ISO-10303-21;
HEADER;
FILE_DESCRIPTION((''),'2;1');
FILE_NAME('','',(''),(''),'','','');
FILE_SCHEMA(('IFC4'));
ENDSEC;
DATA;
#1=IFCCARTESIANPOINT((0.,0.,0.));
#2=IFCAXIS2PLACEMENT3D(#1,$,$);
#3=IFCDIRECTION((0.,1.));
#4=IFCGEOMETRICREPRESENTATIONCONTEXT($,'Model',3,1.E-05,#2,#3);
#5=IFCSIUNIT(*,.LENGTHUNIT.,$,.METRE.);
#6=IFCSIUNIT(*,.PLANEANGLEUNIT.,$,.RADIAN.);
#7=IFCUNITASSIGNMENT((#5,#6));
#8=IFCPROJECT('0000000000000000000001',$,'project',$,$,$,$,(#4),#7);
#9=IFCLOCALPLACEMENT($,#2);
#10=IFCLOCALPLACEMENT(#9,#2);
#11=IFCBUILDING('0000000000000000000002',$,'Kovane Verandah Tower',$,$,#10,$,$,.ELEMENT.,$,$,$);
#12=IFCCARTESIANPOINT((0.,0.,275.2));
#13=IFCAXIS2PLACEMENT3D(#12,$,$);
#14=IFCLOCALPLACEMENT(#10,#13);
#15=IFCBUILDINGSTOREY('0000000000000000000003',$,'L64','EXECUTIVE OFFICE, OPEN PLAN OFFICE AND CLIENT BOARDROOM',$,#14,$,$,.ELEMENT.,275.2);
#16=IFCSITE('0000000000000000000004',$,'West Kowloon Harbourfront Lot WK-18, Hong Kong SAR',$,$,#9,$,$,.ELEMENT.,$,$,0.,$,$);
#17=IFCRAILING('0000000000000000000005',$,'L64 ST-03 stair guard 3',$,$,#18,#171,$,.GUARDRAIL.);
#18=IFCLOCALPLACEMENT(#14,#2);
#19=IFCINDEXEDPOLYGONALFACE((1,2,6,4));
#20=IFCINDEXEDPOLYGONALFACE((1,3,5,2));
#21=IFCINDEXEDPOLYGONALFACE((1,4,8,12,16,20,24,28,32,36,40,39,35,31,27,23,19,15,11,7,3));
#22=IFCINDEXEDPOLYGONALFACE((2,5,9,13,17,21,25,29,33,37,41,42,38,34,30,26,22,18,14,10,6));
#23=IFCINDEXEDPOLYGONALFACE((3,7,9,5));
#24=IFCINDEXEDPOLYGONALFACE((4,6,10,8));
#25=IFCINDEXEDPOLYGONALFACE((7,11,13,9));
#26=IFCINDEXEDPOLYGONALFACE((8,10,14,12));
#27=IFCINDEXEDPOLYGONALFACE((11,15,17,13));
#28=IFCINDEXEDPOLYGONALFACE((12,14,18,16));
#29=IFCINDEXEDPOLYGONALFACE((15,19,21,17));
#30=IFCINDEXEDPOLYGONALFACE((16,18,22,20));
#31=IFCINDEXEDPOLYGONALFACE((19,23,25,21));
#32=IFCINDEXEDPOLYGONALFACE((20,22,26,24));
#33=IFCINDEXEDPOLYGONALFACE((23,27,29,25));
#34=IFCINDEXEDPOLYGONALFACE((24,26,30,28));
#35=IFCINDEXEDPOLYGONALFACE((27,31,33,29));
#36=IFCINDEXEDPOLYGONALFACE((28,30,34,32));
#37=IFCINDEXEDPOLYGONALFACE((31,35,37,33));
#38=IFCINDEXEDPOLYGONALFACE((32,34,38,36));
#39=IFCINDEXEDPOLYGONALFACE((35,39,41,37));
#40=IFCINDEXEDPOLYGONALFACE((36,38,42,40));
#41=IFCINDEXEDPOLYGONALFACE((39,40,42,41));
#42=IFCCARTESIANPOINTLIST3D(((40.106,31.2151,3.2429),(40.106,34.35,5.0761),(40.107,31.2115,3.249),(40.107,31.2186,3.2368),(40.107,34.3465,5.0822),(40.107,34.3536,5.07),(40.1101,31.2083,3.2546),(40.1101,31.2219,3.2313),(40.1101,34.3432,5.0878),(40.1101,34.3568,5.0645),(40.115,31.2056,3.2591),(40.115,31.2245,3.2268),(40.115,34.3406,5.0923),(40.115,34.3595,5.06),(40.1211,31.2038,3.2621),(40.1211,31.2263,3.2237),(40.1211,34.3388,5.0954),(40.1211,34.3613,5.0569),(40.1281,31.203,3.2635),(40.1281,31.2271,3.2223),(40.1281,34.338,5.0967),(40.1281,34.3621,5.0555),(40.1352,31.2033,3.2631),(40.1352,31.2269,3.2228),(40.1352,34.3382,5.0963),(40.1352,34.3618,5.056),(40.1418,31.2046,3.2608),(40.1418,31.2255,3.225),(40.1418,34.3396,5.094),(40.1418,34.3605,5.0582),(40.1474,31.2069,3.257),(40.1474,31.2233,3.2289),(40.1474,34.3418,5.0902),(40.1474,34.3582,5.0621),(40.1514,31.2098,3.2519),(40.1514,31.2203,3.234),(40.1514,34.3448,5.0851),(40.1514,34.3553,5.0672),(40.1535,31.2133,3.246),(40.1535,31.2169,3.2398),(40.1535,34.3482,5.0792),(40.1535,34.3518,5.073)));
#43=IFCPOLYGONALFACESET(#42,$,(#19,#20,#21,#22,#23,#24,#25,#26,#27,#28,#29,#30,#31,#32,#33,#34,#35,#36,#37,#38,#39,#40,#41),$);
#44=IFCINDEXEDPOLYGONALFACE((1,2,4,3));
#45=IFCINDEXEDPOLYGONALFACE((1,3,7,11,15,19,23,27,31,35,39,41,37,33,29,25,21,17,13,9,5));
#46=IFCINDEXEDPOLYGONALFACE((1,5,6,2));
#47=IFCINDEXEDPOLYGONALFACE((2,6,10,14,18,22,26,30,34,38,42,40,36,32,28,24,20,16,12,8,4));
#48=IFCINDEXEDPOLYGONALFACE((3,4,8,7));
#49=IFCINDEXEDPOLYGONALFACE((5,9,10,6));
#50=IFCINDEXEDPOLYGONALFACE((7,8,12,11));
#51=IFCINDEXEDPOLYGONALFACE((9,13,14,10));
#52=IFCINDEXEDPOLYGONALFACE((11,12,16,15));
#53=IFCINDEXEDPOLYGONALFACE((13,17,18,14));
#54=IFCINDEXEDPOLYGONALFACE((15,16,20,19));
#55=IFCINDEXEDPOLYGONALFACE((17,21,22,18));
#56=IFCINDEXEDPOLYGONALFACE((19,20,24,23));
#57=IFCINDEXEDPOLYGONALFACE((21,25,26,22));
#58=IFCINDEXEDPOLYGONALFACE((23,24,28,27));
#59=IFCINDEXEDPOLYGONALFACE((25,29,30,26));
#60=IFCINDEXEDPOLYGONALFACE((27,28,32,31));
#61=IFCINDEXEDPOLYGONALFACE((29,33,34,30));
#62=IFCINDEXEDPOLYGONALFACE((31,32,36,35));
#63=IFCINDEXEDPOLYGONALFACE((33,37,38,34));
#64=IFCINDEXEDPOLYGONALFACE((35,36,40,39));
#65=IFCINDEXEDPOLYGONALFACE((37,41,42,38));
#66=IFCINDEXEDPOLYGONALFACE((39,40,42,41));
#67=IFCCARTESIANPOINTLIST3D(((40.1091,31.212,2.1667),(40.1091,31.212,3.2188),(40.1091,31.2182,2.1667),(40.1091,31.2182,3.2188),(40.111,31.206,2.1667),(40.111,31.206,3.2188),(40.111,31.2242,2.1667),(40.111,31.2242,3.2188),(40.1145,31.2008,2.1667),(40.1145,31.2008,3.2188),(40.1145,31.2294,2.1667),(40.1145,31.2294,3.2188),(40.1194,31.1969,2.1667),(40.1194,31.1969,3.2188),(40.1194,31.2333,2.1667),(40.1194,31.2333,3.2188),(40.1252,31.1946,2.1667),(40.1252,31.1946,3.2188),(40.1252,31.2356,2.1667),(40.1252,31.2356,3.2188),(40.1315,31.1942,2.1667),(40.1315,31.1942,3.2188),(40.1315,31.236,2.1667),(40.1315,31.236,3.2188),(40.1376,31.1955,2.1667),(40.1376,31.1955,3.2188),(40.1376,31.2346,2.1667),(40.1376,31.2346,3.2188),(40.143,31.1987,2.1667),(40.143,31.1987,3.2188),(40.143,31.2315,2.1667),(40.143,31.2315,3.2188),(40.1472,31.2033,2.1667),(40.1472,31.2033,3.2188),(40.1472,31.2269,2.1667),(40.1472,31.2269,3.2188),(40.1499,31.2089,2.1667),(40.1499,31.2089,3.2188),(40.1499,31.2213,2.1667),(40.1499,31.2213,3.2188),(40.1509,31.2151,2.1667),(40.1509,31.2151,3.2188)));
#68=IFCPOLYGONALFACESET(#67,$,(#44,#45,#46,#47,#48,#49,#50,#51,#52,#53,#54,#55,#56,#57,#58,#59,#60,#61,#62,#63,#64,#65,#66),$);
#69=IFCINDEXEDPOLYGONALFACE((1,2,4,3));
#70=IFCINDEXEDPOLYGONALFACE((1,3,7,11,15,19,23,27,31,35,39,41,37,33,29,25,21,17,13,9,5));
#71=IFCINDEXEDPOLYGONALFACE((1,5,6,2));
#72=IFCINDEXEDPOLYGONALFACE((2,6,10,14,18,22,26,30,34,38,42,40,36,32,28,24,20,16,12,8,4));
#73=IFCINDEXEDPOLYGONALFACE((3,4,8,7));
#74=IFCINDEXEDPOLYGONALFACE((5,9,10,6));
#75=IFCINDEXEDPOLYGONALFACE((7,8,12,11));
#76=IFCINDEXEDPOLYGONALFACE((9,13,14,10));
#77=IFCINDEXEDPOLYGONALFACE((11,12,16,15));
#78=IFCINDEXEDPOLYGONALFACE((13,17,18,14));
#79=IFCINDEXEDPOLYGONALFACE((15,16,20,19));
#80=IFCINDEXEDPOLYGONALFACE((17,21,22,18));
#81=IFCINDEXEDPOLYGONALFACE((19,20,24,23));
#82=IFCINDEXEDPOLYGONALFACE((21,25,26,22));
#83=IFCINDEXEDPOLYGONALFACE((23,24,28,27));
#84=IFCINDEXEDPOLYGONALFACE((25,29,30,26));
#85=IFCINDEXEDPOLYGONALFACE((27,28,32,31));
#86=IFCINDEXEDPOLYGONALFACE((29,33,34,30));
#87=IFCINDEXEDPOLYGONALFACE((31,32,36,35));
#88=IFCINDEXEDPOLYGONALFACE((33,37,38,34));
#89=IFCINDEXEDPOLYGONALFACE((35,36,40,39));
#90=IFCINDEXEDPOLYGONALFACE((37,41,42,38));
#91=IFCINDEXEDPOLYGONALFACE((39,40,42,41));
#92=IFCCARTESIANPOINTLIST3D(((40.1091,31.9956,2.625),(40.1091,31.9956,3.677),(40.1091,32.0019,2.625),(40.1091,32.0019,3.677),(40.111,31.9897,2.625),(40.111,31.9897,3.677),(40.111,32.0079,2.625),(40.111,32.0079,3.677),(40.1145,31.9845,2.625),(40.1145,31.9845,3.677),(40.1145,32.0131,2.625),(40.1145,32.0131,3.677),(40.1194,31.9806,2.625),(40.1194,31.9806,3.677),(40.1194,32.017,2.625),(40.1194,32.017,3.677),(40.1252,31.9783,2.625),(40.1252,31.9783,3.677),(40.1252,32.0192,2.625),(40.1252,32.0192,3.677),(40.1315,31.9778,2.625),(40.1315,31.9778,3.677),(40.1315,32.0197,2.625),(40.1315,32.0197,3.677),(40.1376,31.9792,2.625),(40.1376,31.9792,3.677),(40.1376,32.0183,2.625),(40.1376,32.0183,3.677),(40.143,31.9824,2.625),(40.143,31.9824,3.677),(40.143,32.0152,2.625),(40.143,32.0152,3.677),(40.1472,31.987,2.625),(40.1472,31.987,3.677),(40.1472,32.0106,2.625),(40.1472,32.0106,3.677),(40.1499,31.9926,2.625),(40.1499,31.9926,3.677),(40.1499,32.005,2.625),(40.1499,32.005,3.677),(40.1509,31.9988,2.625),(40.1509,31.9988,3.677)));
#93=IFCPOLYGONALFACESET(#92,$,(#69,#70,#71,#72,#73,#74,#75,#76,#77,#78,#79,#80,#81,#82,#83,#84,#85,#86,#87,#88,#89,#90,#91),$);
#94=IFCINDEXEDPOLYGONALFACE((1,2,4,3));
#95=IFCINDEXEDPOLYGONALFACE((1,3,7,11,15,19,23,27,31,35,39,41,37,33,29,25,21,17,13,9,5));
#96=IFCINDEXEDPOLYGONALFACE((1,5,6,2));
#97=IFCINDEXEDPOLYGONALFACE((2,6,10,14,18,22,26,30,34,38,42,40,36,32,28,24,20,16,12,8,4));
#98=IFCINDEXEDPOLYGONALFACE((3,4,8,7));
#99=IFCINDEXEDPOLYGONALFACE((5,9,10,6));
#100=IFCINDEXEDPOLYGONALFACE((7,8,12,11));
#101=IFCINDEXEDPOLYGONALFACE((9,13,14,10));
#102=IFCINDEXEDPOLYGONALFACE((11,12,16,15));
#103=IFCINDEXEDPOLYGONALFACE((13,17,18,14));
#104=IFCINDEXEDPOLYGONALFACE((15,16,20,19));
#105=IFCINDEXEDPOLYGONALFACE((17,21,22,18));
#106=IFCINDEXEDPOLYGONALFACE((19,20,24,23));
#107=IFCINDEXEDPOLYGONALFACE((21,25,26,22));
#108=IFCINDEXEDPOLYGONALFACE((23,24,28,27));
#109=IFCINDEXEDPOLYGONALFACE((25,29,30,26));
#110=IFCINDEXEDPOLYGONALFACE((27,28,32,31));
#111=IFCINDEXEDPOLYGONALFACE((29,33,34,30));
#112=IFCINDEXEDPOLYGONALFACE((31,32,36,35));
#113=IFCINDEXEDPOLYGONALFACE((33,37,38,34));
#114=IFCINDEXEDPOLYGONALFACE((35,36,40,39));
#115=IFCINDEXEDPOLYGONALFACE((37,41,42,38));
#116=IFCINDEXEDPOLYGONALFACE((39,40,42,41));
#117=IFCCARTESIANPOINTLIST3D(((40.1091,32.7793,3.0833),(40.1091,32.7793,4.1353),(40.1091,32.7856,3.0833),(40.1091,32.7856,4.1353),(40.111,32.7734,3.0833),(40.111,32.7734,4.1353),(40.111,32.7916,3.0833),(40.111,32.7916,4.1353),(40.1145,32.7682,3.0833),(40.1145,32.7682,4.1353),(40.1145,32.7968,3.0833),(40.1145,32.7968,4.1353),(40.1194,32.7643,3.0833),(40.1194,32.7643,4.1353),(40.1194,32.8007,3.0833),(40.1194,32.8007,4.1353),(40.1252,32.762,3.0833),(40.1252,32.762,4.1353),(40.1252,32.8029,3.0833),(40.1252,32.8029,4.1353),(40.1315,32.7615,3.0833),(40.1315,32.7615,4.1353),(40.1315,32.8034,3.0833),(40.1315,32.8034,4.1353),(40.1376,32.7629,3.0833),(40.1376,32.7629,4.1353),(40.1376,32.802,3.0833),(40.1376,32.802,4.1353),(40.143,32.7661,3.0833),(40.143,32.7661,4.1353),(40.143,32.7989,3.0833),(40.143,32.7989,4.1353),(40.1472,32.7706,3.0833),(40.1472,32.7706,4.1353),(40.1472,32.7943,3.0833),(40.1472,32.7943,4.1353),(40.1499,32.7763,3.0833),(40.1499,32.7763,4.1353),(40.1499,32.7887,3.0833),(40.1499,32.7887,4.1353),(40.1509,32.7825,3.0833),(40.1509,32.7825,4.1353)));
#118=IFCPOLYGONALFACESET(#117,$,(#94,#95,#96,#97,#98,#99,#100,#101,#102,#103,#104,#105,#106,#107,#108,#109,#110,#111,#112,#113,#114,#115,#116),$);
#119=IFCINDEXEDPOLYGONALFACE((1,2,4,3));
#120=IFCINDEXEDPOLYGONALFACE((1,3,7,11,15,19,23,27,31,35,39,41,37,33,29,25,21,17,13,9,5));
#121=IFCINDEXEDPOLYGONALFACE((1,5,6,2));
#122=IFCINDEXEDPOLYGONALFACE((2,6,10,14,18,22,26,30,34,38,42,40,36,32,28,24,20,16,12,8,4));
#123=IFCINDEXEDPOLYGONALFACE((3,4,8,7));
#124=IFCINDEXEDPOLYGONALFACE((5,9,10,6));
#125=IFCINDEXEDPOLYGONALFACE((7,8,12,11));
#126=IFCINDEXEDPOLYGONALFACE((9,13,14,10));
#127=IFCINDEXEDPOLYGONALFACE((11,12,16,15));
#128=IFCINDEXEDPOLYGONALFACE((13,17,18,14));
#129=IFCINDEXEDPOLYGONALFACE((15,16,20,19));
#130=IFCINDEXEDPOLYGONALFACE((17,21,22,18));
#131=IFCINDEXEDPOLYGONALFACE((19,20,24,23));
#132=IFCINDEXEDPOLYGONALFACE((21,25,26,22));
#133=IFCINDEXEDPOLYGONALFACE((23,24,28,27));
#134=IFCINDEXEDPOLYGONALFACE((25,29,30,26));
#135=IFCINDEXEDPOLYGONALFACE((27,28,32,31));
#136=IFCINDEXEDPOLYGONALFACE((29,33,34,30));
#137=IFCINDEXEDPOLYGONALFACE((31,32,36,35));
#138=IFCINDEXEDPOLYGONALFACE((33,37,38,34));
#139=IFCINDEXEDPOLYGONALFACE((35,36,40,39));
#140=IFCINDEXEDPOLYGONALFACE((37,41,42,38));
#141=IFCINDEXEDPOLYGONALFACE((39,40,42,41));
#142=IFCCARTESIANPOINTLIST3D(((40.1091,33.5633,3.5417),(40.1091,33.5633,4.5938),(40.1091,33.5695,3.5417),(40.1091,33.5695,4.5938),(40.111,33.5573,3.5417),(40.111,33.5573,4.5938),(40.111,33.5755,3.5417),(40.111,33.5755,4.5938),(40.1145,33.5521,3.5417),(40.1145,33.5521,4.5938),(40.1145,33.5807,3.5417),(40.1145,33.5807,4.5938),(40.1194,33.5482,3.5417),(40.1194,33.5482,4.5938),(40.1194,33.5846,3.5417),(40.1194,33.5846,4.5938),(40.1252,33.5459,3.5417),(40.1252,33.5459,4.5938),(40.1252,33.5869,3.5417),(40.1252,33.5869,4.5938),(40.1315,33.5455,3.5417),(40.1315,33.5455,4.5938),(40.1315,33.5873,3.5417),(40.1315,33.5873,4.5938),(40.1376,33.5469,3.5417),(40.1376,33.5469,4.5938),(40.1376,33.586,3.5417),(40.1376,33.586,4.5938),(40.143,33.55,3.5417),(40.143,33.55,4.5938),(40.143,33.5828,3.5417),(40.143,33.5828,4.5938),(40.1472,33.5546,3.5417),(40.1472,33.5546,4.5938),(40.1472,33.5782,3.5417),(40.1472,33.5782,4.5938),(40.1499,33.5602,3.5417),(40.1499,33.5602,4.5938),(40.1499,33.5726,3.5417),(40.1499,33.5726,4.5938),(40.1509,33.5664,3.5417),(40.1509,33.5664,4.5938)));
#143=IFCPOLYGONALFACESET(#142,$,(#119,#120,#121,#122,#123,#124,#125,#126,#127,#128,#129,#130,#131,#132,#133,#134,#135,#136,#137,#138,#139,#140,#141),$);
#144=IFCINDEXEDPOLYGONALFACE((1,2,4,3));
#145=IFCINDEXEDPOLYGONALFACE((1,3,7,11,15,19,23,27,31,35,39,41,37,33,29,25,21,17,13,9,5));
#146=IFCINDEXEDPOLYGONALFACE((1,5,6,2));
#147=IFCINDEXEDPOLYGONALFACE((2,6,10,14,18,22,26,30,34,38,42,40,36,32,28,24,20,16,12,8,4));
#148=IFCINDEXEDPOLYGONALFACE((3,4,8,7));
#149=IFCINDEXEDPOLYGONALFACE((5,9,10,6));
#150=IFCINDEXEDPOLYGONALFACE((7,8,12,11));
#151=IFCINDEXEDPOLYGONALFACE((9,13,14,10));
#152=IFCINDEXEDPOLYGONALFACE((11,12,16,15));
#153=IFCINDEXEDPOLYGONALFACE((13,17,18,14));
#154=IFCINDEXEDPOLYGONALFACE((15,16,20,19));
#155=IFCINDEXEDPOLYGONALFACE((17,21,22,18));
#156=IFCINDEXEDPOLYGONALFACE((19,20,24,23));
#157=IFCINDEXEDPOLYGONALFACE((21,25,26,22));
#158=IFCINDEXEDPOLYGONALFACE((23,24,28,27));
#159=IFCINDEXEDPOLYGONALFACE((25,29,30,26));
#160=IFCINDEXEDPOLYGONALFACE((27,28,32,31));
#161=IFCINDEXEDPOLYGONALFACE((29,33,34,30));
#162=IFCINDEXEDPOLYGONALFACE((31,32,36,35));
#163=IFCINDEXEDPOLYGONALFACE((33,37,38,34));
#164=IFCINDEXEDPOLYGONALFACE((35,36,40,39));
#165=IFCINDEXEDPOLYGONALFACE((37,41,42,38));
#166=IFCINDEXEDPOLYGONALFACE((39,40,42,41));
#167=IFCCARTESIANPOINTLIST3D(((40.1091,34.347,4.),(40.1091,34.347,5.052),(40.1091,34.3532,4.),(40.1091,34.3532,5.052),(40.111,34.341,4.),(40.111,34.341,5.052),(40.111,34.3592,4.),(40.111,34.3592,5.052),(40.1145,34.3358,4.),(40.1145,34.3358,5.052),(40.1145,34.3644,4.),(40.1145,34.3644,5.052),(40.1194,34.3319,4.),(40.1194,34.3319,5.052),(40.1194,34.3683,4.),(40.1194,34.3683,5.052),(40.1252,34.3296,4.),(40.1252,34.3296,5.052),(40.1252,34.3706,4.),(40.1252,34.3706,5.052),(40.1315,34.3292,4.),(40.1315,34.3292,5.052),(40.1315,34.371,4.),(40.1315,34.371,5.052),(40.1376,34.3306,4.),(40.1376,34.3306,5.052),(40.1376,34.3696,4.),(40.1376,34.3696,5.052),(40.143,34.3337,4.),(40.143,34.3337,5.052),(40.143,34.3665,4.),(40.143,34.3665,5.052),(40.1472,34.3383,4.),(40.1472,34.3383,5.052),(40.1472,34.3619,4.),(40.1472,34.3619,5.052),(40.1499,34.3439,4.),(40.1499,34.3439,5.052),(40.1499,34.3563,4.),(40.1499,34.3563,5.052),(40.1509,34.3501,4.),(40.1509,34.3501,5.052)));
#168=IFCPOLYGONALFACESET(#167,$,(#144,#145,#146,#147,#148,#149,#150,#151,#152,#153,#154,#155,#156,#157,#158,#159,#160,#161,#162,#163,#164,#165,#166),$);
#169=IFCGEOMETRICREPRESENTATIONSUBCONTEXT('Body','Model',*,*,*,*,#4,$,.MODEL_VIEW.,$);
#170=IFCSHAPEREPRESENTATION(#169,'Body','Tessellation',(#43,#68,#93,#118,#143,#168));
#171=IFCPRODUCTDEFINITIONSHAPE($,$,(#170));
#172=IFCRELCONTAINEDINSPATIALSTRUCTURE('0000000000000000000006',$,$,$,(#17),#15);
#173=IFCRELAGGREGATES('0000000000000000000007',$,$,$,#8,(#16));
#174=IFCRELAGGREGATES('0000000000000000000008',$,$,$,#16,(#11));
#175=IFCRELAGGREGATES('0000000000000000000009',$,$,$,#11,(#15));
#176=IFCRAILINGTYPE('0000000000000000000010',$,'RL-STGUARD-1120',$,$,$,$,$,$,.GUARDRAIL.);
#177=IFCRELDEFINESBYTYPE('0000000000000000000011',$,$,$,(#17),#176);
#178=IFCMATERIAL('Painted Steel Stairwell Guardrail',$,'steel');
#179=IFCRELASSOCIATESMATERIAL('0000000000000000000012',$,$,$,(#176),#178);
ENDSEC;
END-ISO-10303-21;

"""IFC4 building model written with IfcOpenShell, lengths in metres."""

from ifc_helpers import new_model, si_unit, direction, frame, origin, origin_2d, place, context, subcontext, project, spatial, circle, extrude, material, type_object, element, save


model = new_model("IFC4")

# Units and contexts
model_context = context("Model", 3, precision=1e-05, world=origin(), true_north=direction((0.0, 1.0)))
body_context = subcontext(model_context, "Body", "Model", "MODEL_VIEW")
ifc_project = project(units=[si_unit("LENGTHUNIT", "METRE"), si_unit("PLANEANGLEUNIT", "RADIAN")], contexts=[model_context])

# Site, building, storey
site_placement = place(None, origin())
site = spatial("IfcSite", under=ifc_project, at=site_placement, Name="West Kowloon Harbourfront Lot WK-18, Hong Kong SAR", CompositionType="ELEMENT", RefElevation=0.0)
building_placement = place(site_placement, origin())
building = spatial("IfcBuilding", under=site, at=building_placement, Name="Kovane Verandah Tower", CompositionType="ELEMENT")
storey_placement = place(building_placement, frame((0.0, 0.0, 275.2)))
storey = spatial("IfcBuildingStorey", under=building, at=storey_placement, Name="L64", Description="EXECUTIVE OFFICE, OPEN PLAN OFFICE AND CLIENT BOARDROOM", CompositionType="ELEMENT", Elevation=275.2)

# Railing
ifc_material_1 = material(Name="Painted Steel Stairwell Guardrail", Category="steel")
railing_type_1 = type_object("IfcRailingType", Name="RL-STGUARD-1120", PredefinedType="GUARDRAIL", material=ifc_material_1)
railing_1_placement = place(storey_placement, frame((40.1299, 31.2151, 2.1667)))
element("IfcRailing", 1, at=railing_1_placement, inside=storey, type_object=railing_type_1, Name="L64 ST-03 stair guard 3", PredefinedType="GUARDRAIL", context=body_context, shape_type="SweptSolid", body=[
    extrude(circle(Radius=0.0239, at=origin_2d()), frame((0.0, 0.0, 1.0762), z_axis=(0.0, 0.86324, 0.504794), x_axis=(-1.0, 0.0, 0.0)), (0.0, 0.0, 1.0), 3.6316),
    extrude(circle(Radius=0.021, at=origin_2d()), origin(), (0.0, 0.0, 1.0), 1.052),
    extrude(circle(Radius=0.021, at=origin_2d()), frame((0.0, 0.7837, 0.4583)), (0.0, 0.0, 1.0), 1.052),
    extrude(circle(Radius=0.021, at=origin_2d()), frame((0.0, 1.5674, 0.9165)), (0.0, 0.0, 1.0), 1.052),
    extrude(circle(Radius=0.021, at=origin_2d()), frame((0.0, 2.3513, 1.375)), (0.0, 0.0, 1.0), 1.052),
    extrude(circle(Radius=0.021, at=origin_2d()), frame((0.0, 3.135, 1.8333)), (0.0, 0.0, 1.0), 1.052),
])

save(model, "model.ifc")
